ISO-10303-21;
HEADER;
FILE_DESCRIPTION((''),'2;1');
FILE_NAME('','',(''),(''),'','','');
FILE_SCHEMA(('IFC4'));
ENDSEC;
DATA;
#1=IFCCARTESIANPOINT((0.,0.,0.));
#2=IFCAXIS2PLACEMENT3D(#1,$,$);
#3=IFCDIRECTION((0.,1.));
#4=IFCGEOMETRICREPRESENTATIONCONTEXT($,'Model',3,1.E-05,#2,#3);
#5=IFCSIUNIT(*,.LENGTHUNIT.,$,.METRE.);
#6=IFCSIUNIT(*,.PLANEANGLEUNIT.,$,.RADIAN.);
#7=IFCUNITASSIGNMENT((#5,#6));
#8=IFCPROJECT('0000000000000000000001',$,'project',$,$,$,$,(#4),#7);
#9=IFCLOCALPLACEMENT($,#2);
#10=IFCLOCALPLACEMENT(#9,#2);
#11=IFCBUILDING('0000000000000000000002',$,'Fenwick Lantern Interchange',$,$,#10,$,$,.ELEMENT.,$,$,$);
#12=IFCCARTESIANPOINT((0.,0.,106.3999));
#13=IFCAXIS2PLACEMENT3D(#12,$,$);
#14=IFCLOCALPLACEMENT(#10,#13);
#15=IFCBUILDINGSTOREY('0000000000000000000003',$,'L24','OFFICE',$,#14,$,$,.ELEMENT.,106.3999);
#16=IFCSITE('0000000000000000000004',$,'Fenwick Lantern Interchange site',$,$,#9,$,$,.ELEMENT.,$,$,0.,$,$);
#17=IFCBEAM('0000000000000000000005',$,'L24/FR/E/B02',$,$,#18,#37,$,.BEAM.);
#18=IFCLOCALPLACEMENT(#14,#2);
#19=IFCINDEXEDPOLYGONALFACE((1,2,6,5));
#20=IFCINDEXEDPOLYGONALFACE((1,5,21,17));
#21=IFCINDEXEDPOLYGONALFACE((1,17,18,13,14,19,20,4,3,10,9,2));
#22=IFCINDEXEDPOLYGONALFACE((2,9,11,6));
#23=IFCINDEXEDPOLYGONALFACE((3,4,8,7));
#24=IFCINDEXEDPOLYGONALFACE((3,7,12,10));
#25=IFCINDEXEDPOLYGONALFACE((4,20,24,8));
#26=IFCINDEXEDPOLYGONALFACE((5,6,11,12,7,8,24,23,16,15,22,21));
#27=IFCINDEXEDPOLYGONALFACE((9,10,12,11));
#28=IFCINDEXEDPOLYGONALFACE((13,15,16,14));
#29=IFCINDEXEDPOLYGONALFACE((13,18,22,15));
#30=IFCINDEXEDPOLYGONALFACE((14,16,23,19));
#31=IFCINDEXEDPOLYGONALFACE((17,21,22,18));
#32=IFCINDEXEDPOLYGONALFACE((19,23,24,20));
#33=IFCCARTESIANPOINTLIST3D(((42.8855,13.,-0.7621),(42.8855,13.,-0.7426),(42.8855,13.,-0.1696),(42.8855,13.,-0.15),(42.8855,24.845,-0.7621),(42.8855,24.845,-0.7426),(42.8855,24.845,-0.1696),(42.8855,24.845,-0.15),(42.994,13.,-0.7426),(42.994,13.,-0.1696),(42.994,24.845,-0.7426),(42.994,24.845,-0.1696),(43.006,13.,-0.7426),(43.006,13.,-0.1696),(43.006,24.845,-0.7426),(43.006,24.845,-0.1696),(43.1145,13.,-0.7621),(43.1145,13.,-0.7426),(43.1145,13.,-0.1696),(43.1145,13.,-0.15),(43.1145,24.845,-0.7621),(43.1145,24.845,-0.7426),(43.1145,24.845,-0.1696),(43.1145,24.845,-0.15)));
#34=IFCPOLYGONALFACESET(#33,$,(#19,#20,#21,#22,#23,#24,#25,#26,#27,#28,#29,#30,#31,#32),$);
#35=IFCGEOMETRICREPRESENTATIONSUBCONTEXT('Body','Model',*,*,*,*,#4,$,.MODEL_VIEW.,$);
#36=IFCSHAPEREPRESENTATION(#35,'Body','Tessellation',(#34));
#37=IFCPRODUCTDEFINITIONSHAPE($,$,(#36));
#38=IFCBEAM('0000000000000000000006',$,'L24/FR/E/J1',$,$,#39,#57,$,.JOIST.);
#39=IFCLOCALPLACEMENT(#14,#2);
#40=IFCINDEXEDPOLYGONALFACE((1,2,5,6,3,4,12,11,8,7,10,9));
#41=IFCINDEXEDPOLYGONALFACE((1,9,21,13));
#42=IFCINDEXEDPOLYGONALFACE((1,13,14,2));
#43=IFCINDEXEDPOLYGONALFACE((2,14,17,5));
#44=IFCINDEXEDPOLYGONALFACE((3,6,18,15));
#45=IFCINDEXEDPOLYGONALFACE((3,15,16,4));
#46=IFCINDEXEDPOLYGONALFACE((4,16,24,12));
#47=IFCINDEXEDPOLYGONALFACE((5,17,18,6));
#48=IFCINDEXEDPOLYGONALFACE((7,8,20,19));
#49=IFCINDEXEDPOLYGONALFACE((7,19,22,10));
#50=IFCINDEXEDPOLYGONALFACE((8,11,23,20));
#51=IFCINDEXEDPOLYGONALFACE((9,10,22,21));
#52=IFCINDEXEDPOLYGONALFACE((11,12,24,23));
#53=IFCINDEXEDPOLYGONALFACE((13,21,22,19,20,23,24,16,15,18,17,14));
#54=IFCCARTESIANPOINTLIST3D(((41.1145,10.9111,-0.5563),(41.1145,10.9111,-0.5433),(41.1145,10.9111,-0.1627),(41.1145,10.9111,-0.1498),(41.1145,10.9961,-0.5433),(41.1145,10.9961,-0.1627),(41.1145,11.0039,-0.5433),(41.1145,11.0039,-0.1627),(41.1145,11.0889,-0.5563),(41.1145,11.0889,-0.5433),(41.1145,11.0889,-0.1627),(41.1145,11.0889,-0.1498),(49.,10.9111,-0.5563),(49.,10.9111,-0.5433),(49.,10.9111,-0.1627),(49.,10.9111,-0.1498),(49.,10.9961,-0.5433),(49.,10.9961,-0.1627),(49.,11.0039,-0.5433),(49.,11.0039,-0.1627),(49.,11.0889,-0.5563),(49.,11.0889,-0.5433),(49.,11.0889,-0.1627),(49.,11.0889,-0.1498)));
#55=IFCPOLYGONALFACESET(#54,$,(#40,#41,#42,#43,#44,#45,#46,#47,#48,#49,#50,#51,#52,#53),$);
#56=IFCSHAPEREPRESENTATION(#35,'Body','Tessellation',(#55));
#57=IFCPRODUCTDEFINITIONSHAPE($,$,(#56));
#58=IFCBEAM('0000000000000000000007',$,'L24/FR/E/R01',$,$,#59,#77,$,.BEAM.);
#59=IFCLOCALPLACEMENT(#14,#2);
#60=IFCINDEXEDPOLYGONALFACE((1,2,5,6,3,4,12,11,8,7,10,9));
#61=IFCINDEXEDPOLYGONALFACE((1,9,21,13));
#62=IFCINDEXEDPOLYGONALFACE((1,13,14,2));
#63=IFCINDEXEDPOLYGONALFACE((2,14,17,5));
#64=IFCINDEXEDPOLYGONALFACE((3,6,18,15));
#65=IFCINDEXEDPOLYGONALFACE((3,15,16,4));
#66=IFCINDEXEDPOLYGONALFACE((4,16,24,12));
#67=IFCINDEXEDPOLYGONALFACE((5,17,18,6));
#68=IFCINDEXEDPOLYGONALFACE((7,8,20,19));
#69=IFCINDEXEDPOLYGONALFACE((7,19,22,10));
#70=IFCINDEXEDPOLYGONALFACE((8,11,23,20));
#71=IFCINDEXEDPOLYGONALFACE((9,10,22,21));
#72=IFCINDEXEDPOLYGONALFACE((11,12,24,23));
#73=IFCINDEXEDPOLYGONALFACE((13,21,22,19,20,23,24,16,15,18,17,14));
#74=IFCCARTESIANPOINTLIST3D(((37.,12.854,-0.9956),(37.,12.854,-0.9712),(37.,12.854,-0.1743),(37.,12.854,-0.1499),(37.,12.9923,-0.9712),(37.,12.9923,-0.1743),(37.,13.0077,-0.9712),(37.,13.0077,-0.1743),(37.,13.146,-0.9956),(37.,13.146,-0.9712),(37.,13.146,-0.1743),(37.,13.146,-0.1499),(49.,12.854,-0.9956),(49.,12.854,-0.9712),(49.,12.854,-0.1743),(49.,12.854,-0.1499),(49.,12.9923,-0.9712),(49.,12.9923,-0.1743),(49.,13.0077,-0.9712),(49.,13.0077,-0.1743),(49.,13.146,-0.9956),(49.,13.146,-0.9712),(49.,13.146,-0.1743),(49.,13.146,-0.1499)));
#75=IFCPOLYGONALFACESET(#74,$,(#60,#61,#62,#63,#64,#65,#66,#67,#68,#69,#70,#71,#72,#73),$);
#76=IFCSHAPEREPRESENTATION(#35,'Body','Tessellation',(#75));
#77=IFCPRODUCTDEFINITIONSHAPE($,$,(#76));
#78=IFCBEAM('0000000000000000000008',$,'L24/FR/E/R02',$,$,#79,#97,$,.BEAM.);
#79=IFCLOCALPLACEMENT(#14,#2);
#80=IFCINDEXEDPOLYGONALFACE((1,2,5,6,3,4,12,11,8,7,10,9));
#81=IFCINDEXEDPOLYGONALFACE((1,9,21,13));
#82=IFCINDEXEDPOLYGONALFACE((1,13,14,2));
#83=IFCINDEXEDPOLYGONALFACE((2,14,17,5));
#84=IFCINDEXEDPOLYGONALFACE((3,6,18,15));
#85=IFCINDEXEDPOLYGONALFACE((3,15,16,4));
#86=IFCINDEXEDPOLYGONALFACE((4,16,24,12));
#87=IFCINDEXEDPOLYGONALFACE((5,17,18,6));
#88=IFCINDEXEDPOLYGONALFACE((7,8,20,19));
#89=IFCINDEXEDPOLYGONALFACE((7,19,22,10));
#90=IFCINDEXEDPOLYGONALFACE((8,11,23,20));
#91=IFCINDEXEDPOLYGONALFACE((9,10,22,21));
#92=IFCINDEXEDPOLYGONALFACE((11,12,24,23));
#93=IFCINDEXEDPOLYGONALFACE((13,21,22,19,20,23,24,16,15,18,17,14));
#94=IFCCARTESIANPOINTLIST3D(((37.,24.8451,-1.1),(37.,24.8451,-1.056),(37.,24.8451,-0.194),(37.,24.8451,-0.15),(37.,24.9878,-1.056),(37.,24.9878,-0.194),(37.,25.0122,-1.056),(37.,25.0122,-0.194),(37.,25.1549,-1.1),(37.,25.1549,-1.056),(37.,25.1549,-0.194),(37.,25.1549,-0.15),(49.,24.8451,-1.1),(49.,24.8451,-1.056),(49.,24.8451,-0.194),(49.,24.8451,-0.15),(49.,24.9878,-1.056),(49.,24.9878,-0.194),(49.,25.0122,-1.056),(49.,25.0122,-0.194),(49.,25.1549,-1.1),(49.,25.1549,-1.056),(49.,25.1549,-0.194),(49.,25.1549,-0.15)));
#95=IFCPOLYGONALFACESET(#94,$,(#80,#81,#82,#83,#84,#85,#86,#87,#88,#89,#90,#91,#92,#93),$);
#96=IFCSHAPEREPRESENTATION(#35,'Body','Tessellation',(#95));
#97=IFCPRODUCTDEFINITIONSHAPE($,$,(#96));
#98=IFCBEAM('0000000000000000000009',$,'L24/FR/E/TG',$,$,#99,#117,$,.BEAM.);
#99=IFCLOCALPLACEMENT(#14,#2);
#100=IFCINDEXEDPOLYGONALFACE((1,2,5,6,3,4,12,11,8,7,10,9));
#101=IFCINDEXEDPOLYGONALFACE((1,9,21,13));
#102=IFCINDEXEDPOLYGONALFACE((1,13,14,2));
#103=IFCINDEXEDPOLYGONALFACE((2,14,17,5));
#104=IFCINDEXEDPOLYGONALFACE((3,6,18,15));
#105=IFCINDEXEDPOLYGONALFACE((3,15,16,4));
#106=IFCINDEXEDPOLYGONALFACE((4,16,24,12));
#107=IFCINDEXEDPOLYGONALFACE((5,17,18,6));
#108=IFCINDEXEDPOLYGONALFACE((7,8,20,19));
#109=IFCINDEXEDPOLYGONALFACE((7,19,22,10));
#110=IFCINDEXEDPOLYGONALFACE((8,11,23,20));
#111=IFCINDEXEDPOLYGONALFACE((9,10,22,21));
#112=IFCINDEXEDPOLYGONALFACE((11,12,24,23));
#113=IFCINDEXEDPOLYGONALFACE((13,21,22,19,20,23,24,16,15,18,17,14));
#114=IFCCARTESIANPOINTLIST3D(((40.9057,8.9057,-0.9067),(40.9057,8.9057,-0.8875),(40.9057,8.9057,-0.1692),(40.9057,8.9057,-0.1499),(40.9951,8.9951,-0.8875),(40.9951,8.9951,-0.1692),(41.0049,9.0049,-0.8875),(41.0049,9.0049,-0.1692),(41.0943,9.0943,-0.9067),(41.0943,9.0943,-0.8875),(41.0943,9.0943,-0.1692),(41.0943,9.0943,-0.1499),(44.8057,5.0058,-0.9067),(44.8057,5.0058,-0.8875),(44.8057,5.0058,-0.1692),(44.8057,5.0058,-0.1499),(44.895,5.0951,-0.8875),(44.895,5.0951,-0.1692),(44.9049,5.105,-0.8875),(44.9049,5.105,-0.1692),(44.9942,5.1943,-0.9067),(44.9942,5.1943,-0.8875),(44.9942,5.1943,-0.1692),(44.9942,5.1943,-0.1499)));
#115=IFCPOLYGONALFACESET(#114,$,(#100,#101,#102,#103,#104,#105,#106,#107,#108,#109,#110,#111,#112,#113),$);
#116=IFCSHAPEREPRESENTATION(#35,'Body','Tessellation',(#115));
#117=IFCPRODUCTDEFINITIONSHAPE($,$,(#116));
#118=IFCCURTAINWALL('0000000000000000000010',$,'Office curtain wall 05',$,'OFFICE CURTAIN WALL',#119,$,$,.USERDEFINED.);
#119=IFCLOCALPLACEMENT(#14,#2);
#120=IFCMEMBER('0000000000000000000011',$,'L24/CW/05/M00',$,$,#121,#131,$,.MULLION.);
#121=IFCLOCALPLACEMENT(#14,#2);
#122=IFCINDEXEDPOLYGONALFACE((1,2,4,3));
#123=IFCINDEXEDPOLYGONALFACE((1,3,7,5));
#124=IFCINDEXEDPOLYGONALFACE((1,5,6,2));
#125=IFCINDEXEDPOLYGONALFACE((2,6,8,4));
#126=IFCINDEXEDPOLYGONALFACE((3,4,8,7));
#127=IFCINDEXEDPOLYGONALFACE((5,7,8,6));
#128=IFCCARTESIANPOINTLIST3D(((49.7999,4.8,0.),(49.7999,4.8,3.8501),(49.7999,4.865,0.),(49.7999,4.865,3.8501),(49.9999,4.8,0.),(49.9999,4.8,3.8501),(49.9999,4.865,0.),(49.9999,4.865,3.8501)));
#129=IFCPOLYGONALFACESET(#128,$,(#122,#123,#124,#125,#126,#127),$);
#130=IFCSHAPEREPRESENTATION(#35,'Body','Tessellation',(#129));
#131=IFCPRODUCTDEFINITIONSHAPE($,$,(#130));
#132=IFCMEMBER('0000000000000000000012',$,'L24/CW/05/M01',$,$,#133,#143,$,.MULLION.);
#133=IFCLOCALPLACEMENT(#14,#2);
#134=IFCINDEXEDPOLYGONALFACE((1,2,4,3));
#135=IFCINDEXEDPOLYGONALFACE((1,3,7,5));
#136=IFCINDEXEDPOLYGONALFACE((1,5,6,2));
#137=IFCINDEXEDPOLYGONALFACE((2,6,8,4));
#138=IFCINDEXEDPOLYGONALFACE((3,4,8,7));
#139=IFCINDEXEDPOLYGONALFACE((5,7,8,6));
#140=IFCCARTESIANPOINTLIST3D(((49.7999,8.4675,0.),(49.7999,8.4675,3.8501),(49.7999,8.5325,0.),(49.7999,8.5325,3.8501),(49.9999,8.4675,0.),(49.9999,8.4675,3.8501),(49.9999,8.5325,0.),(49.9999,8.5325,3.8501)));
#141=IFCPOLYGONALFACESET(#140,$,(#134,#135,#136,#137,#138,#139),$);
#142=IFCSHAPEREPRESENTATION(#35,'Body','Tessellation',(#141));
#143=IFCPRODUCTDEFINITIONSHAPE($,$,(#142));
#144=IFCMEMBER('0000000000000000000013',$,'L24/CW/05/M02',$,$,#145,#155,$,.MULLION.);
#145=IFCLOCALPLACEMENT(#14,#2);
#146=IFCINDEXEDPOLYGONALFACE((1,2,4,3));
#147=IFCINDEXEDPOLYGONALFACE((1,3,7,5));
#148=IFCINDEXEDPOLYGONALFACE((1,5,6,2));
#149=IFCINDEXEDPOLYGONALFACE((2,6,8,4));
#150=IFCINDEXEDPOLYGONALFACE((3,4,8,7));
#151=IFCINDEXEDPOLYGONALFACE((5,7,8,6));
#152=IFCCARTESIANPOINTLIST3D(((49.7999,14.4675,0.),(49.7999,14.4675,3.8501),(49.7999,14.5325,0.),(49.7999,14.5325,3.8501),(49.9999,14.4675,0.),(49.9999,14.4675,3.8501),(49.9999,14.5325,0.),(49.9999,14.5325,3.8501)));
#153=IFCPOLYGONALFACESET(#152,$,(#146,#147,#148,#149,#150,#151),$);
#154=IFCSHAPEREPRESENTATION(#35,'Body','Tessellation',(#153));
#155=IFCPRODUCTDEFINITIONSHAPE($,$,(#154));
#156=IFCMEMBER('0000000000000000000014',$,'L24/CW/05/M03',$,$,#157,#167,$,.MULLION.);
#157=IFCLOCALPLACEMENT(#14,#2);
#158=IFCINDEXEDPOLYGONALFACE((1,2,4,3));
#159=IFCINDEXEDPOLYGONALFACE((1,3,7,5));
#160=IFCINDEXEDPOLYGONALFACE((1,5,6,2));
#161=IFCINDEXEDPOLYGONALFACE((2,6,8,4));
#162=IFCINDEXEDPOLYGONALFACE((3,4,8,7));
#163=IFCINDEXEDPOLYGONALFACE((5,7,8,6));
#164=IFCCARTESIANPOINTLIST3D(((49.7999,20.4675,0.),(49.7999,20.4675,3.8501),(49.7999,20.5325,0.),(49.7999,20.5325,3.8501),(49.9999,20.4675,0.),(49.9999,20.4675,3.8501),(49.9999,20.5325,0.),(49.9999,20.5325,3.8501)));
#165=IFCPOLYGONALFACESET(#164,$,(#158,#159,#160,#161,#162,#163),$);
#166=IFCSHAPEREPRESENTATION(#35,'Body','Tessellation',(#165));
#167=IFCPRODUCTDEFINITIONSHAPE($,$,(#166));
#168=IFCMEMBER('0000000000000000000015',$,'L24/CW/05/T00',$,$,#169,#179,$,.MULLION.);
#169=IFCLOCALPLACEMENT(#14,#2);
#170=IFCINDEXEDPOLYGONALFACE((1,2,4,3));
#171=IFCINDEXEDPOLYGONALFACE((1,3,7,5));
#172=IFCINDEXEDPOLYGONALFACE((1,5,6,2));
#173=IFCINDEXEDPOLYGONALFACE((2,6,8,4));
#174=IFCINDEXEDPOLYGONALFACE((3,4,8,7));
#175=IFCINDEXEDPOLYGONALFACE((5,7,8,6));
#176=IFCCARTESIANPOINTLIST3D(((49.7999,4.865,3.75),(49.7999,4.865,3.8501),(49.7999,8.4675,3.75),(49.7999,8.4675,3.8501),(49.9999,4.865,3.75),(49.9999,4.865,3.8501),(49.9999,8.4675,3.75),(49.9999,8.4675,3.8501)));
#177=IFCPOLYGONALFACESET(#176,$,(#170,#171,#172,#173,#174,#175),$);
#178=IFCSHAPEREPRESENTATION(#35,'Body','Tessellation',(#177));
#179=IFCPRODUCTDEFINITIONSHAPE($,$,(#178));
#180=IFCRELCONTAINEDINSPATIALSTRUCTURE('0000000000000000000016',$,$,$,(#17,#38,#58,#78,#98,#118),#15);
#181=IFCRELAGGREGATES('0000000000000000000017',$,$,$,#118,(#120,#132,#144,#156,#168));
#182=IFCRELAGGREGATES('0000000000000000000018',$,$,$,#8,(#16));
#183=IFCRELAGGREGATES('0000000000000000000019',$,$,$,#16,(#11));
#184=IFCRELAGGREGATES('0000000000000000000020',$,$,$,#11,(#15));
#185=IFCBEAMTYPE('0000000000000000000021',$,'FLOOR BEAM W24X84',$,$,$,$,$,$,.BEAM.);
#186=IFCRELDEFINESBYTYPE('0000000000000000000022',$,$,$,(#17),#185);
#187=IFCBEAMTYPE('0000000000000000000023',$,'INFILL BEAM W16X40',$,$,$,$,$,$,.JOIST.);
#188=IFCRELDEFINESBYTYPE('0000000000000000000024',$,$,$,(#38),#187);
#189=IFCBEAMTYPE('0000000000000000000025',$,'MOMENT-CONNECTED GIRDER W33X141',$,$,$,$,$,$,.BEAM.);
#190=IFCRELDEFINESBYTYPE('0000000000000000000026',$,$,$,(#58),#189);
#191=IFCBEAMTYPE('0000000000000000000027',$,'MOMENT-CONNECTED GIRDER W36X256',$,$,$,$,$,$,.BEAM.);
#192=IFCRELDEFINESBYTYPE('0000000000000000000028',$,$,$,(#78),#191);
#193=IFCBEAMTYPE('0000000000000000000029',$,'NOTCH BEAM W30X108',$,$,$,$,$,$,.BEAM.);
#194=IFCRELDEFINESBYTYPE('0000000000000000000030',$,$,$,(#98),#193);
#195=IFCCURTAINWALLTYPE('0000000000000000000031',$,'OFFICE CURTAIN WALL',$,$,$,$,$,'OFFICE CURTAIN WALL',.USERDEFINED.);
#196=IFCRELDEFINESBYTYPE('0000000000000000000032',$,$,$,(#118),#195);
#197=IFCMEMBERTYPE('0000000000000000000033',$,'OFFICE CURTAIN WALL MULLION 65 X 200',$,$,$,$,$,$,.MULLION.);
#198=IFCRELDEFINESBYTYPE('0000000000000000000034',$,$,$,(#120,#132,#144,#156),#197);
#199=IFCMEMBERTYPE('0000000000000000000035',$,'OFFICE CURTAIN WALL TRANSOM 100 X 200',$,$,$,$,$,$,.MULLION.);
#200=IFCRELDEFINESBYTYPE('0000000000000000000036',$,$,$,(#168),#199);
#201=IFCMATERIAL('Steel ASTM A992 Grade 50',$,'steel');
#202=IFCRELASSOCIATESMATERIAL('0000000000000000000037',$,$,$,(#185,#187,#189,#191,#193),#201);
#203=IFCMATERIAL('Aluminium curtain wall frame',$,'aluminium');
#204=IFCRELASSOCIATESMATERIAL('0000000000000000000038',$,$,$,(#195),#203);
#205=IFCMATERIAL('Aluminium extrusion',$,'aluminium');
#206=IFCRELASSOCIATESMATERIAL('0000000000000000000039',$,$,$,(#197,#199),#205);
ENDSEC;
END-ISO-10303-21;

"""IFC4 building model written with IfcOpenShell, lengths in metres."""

from ifc_helpers import new_model, si_unit, direction, frame, origin, origin_2d, place, context, subcontext, project, spatial, rectangle, i_section, extrude, material, material_profile, profile_set, type_object, element, aggregate, save


model = new_model("IFC4")

# Units and contexts
model_context = context("Model", 3, precision=1e-05, world=origin(), true_north=direction((0.0, 1.0)))
body_context = subcontext(model_context, "Body", "Model", "MODEL_VIEW")
ifc_project = project(units=[si_unit("LENGTHUNIT", "METRE"), si_unit("PLANEANGLEUNIT", "RADIAN")], contexts=[model_context])

# Site, building, storey
site_placement = place(None, origin())
site = spatial("IfcSite", under=ifc_project, at=site_placement, Name="Fenwick Lantern Interchange site", CompositionType="ELEMENT", RefElevation=0.0)
building_placement = place(site_placement, origin())
building = spatial("IfcBuilding", under=site, at=building_placement, Name="Fenwick Lantern Interchange", CompositionType="ELEMENT")
storey_placement = place(building_placement, frame((0.0, 0.0, 106.3999)))
storey = spatial("IfcBuildingStorey", under=building, at=storey_placement, Name="L24", Description="OFFICE", CompositionType="ELEMENT", Elevation=106.3999)

# Shared definitions
ifc_material_1 = material(Name="Steel ASTM A992 Grade 50", Category="steel")

# Beams
ifc_material_profile_1 = material_profile(ifc_material_1, i_section(OverallWidth=0.229, OverallDepth=0.6121, WebThickness=0.012, FlangeThickness=0.0195, at=origin_2d()), Name="W24X84")
ifc_profile_set_1 = profile_set([ifc_material_profile_1], Name="Steel ASTM A992 Grade 50")
beam_type_1 = type_object("IfcBeamType", Name="FLOOR BEAM W24X84", PredefinedType="BEAM", material=ifc_profile_set_1)
for number, where, z_axis, x_axis, name in (
    (1, (43.0, 13.0, -0.4561), (0.0, 1.0, 0.0), (-1.0, 0.0, 0.0), "L24/FR/E/B02"),
):
    element("IfcBeam", number, at=place(storey_placement, frame(where, z_axis=z_axis, x_axis=x_axis)), inside=storey, type_object=beam_type_1, Name=name, PredefinedType="BEAM", context=body_context, shape_type="SweptSolid", body=[
        extrude(i_section(OverallWidth=0.229, OverallDepth=0.6121, WebThickness=0.012, FlangeThickness=0.0195, at=origin_2d()), origin(), (0.0, 0.0, 1.0), 11.845),
    ])
ifc_material_profile_2 = material_profile(ifc_material_1, i_section(OverallWidth=0.1777, OverallDepth=0.4065, WebThickness=0.0078, FlangeThickness=0.0129, at=origin_2d()), Name="W16X40")
ifc_profile_set_2 = profile_set([ifc_material_profile_2], Name="Steel ASTM A992 Grade 50")
beam_type_2 = type_object("IfcBeamType", Name="INFILL BEAM W16X40", PredefinedType="JOIST", material=ifc_profile_set_2)
beam_1_placement = place(storey_placement, frame((49.0, 11.0, -0.353), z_axis=(-1.0, 0.0, 0.0), x_axis=(0.0, -1.0, 0.0)))
element("IfcBeam", 2, at=beam_1_placement, inside=storey, type_object=beam_type_2, Name="L24/FR/E/J1", PredefinedType="JOIST", context=body_context, shape_type="SweptSolid", body=[
    extrude(i_section(OverallWidth=0.1777, OverallDepth=0.4065, WebThickness=0.0078, FlangeThickness=0.0129, at=origin_2d()), origin(), (0.0, 0.0, 1.0), 7.8855),
])
ifc_material_profile_3 = material_profile(ifc_material_1, i_section(OverallWidth=0.292, OverallDepth=0.8457, WebThickness=0.0154, FlangeThickness=0.0244, at=origin_2d()), Name="W33X141")
ifc_profile_set_3 = profile_set([ifc_material_profile_3], Name="Steel ASTM A992 Grade 50")
beam_type_3 = type_object("IfcBeamType", Name="MOMENT-CONNECTED GIRDER W33X141", PredefinedType="BEAM", material=ifc_profile_set_3)
beam_2_placement = place(storey_placement, frame((49.0, 13.0, -0.5728), z_axis=(-1.0, 0.0, 0.0), x_axis=(0.0, -1.0, 0.0)))
element("IfcBeam", 3, at=beam_2_placement, inside=storey, type_object=beam_type_3, Name="L24/FR/E/R01", PredefinedType="BEAM", context=body_context, shape_type="SweptSolid", body=[
    extrude(i_section(OverallWidth=0.292, OverallDepth=0.8457, WebThickness=0.0154, FlangeThickness=0.0244, at=origin_2d()), origin(), (0.0, 0.0, 1.0), 12.0),
])
ifc_material_profile_4 = material_profile(ifc_material_1, i_section(OverallWidth=0.3098, OverallDepth=0.95, WebThickness=0.0244, FlangeThickness=0.0439, at=origin_2d()), Name="W36X256")
ifc_profile_set_4 = profile_set([ifc_material_profile_4], Name="Steel ASTM A992 Grade 50")
beam_type_4 = type_object("IfcBeamType", Name="MOMENT-CONNECTED GIRDER W36X256", PredefinedType="BEAM", material=ifc_profile_set_4)
beam_3_placement = place(storey_placement, frame((49.0, 25.0, -0.625), z_axis=(-1.0, 0.0, 0.0), x_axis=(0.0, -1.0, 0.0)))
element("IfcBeam", 4, at=beam_3_placement, inside=storey, type_object=beam_type_4, Name="L24/FR/E/R02", PredefinedType="BEAM", context=body_context, shape_type="SweptSolid", body=[
    extrude(i_section(OverallWidth=0.3098, OverallDepth=0.95, WebThickness=0.0244, FlangeThickness=0.0439, at=origin_2d()), origin(), (0.0, 0.0, 1.0), 12.0),
])
ifc_material_profile_5 = material_profile(ifc_material_1, i_section(OverallWidth=0.2666, OverallDepth=0.7568, WebThickness=0.0139, FlangeThickness=0.0193, at=origin_2d()), Name="W30X108")
ifc_profile_set_5 = profile_set([ifc_material_profile_5], Name="Steel ASTM A992 Grade 50")
beam_type_5 = type_object("IfcBeamType", Name="NOTCH BEAM W30X108", PredefinedType="BEAM", material=ifc_profile_set_5)
beam_4_placement = place(storey_placement, frame((41.0, 9.0, -0.5283), z_axis=(0.707107, -0.707107, 0.0), x_axis=(0.707107, 0.707107, 0.0)))
element("IfcBeam", 5, at=beam_4_placement, inside=storey, type_object=beam_type_5, Name="L24/FR/E/TG", PredefinedType="BEAM", context=body_context, shape_type="SweptSolid", body=[
    extrude(i_section(OverallWidth=0.2666, OverallDepth=0.7568, WebThickness=0.0139, FlangeThickness=0.0193, at=origin_2d()), origin(), (0.0, 0.0, 1.0), 5.5154),
])

# Curtain wall, members
ifc_material_2 = material(Name="Aluminium curtain wall frame", Category="aluminium")
curtain_wall_type = type_object("IfcCurtainWallType", Name="OFFICE CURTAIN WALL", ElementType="OFFICE CURTAIN WALL", PredefinedType="USERDEFINED", material=ifc_material_2)
curtain_wall_placement = place(storey_placement, origin())
curtain_wall = element("IfcCurtainWall", 6, at=curtain_wall_placement, inside=storey, type_object=curtain_wall_type, Name="Office curtain wall 05", ObjectType="OFFICE CURTAIN WALL", PredefinedType="USERDEFINED")
ifc_material_3 = material(Name="Aluminium extrusion", Category="aluminium")
ifc_material_profile_6 = material_profile(ifc_material_3, rectangle(XDim=0.2, YDim=0.0649, at=origin_2d()), Name="OFFICE CURTAIN WALL MULLION 65 X 200")
ifc_profile_set_6 = profile_set([ifc_material_profile_6], Name="Aluminium extrusion")
member_type_1 = type_object("IfcMemberType", Name="OFFICE CURTAIN WALL MULLION 65 X 200", PredefinedType="MULLION", material=ifc_profile_set_6)
member_1_placement = place(storey_placement, frame((49.8999, 4.8325, 0.0), z_axis=(0.0, 0.0, 1.0), x_axis=(-1.0, 0.0, 0.0)))
member_1 = element("IfcMember", 7, at=member_1_placement, type_object=member_type_1, Name="L24/CW/05/M00", PredefinedType="MULLION", context=body_context, shape_type="SweptSolid", body=[
    extrude(rectangle(XDim=0.2, YDim=0.0649, at=origin_2d()), origin(), (0.0, 0.0, 1.0), 3.8501),
])
member_2_placement = place(storey_placement, frame((49.8999, 8.5, 0.0), z_axis=(0.0, 0.0, 1.0), x_axis=(-1.0, 0.0, 0.0)))
member_2 = element("IfcMember", 8, at=member_2_placement, type_object=member_type_1, Name="L24/CW/05/M01", PredefinedType="MULLION", context=body_context, shape_type="SweptSolid", body=[
    extrude(rectangle(XDim=0.2, YDim=0.0649, at=origin_2d()), origin(), (0.0, 0.0, 1.0), 3.8501),
])
member_3_placement = place(storey_placement, frame((49.8999, 14.5, 0.0), z_axis=(0.0, 0.0, 1.0), x_axis=(-1.0, 0.0, 0.0)))
member_3 = element("IfcMember", 9, at=member_3_placement, type_object=member_type_1, Name="L24/CW/05/M02", PredefinedType="MULLION", context=body_context, shape_type="SweptSolid", body=[
    extrude(rectangle(XDim=0.2, YDim=0.0649, at=origin_2d()), origin(), (0.0, 0.0, 1.0), 3.8501),
])
member_4_placement = place(storey_placement, frame((49.8999, 20.5, 0.0), z_axis=(0.0, 0.0, 1.0), x_axis=(-1.0, 0.0, 0.0)))
member_4 = element("IfcMember", 10, at=member_4_placement, type_object=member_type_1, Name="L24/CW/05/M03", PredefinedType="MULLION", context=body_context, shape_type="SweptSolid", body=[
    extrude(rectangle(XDim=0.2, YDim=0.0649, at=origin_2d()), origin(), (0.0, 0.0, 1.0), 3.8501),
])
ifc_material_profile_7 = material_profile(ifc_material_3, rectangle(XDim=0.2, YDim=0.1001, at=origin_2d()), Name="OFFICE CURTAIN WALL TRANSOM 100 X 200")
ifc_profile_set_7 = profile_set([ifc_material_profile_7], Name="Aluminium extrusion")
member_type_2 = type_object("IfcMemberType", Name="OFFICE CURTAIN WALL TRANSOM 100 X 200", PredefinedType="MULLION", material=ifc_profile_set_7)
member_5_placement = place(storey_placement, frame((49.8999, 4.865, 3.8), z_axis=(0.0, 1.0, 0.0), x_axis=(-1.0, 0.0, 0.0)))
member_5 = element("IfcMember", 11, at=member_5_placement, type_object=member_type_2, Name="L24/CW/05/T00", PredefinedType="MULLION", context=body_context, shape_type="SweptSolid", body=[
    extrude(rectangle(XDim=0.2, YDim=0.1001, at=origin_2d()), origin(), (0.0, 0.0, 1.0), 3.6025),
])
aggregate(curtain_wall, [member_1, member_2, member_3, member_4, member_5])

save(model, "model.ifc")
